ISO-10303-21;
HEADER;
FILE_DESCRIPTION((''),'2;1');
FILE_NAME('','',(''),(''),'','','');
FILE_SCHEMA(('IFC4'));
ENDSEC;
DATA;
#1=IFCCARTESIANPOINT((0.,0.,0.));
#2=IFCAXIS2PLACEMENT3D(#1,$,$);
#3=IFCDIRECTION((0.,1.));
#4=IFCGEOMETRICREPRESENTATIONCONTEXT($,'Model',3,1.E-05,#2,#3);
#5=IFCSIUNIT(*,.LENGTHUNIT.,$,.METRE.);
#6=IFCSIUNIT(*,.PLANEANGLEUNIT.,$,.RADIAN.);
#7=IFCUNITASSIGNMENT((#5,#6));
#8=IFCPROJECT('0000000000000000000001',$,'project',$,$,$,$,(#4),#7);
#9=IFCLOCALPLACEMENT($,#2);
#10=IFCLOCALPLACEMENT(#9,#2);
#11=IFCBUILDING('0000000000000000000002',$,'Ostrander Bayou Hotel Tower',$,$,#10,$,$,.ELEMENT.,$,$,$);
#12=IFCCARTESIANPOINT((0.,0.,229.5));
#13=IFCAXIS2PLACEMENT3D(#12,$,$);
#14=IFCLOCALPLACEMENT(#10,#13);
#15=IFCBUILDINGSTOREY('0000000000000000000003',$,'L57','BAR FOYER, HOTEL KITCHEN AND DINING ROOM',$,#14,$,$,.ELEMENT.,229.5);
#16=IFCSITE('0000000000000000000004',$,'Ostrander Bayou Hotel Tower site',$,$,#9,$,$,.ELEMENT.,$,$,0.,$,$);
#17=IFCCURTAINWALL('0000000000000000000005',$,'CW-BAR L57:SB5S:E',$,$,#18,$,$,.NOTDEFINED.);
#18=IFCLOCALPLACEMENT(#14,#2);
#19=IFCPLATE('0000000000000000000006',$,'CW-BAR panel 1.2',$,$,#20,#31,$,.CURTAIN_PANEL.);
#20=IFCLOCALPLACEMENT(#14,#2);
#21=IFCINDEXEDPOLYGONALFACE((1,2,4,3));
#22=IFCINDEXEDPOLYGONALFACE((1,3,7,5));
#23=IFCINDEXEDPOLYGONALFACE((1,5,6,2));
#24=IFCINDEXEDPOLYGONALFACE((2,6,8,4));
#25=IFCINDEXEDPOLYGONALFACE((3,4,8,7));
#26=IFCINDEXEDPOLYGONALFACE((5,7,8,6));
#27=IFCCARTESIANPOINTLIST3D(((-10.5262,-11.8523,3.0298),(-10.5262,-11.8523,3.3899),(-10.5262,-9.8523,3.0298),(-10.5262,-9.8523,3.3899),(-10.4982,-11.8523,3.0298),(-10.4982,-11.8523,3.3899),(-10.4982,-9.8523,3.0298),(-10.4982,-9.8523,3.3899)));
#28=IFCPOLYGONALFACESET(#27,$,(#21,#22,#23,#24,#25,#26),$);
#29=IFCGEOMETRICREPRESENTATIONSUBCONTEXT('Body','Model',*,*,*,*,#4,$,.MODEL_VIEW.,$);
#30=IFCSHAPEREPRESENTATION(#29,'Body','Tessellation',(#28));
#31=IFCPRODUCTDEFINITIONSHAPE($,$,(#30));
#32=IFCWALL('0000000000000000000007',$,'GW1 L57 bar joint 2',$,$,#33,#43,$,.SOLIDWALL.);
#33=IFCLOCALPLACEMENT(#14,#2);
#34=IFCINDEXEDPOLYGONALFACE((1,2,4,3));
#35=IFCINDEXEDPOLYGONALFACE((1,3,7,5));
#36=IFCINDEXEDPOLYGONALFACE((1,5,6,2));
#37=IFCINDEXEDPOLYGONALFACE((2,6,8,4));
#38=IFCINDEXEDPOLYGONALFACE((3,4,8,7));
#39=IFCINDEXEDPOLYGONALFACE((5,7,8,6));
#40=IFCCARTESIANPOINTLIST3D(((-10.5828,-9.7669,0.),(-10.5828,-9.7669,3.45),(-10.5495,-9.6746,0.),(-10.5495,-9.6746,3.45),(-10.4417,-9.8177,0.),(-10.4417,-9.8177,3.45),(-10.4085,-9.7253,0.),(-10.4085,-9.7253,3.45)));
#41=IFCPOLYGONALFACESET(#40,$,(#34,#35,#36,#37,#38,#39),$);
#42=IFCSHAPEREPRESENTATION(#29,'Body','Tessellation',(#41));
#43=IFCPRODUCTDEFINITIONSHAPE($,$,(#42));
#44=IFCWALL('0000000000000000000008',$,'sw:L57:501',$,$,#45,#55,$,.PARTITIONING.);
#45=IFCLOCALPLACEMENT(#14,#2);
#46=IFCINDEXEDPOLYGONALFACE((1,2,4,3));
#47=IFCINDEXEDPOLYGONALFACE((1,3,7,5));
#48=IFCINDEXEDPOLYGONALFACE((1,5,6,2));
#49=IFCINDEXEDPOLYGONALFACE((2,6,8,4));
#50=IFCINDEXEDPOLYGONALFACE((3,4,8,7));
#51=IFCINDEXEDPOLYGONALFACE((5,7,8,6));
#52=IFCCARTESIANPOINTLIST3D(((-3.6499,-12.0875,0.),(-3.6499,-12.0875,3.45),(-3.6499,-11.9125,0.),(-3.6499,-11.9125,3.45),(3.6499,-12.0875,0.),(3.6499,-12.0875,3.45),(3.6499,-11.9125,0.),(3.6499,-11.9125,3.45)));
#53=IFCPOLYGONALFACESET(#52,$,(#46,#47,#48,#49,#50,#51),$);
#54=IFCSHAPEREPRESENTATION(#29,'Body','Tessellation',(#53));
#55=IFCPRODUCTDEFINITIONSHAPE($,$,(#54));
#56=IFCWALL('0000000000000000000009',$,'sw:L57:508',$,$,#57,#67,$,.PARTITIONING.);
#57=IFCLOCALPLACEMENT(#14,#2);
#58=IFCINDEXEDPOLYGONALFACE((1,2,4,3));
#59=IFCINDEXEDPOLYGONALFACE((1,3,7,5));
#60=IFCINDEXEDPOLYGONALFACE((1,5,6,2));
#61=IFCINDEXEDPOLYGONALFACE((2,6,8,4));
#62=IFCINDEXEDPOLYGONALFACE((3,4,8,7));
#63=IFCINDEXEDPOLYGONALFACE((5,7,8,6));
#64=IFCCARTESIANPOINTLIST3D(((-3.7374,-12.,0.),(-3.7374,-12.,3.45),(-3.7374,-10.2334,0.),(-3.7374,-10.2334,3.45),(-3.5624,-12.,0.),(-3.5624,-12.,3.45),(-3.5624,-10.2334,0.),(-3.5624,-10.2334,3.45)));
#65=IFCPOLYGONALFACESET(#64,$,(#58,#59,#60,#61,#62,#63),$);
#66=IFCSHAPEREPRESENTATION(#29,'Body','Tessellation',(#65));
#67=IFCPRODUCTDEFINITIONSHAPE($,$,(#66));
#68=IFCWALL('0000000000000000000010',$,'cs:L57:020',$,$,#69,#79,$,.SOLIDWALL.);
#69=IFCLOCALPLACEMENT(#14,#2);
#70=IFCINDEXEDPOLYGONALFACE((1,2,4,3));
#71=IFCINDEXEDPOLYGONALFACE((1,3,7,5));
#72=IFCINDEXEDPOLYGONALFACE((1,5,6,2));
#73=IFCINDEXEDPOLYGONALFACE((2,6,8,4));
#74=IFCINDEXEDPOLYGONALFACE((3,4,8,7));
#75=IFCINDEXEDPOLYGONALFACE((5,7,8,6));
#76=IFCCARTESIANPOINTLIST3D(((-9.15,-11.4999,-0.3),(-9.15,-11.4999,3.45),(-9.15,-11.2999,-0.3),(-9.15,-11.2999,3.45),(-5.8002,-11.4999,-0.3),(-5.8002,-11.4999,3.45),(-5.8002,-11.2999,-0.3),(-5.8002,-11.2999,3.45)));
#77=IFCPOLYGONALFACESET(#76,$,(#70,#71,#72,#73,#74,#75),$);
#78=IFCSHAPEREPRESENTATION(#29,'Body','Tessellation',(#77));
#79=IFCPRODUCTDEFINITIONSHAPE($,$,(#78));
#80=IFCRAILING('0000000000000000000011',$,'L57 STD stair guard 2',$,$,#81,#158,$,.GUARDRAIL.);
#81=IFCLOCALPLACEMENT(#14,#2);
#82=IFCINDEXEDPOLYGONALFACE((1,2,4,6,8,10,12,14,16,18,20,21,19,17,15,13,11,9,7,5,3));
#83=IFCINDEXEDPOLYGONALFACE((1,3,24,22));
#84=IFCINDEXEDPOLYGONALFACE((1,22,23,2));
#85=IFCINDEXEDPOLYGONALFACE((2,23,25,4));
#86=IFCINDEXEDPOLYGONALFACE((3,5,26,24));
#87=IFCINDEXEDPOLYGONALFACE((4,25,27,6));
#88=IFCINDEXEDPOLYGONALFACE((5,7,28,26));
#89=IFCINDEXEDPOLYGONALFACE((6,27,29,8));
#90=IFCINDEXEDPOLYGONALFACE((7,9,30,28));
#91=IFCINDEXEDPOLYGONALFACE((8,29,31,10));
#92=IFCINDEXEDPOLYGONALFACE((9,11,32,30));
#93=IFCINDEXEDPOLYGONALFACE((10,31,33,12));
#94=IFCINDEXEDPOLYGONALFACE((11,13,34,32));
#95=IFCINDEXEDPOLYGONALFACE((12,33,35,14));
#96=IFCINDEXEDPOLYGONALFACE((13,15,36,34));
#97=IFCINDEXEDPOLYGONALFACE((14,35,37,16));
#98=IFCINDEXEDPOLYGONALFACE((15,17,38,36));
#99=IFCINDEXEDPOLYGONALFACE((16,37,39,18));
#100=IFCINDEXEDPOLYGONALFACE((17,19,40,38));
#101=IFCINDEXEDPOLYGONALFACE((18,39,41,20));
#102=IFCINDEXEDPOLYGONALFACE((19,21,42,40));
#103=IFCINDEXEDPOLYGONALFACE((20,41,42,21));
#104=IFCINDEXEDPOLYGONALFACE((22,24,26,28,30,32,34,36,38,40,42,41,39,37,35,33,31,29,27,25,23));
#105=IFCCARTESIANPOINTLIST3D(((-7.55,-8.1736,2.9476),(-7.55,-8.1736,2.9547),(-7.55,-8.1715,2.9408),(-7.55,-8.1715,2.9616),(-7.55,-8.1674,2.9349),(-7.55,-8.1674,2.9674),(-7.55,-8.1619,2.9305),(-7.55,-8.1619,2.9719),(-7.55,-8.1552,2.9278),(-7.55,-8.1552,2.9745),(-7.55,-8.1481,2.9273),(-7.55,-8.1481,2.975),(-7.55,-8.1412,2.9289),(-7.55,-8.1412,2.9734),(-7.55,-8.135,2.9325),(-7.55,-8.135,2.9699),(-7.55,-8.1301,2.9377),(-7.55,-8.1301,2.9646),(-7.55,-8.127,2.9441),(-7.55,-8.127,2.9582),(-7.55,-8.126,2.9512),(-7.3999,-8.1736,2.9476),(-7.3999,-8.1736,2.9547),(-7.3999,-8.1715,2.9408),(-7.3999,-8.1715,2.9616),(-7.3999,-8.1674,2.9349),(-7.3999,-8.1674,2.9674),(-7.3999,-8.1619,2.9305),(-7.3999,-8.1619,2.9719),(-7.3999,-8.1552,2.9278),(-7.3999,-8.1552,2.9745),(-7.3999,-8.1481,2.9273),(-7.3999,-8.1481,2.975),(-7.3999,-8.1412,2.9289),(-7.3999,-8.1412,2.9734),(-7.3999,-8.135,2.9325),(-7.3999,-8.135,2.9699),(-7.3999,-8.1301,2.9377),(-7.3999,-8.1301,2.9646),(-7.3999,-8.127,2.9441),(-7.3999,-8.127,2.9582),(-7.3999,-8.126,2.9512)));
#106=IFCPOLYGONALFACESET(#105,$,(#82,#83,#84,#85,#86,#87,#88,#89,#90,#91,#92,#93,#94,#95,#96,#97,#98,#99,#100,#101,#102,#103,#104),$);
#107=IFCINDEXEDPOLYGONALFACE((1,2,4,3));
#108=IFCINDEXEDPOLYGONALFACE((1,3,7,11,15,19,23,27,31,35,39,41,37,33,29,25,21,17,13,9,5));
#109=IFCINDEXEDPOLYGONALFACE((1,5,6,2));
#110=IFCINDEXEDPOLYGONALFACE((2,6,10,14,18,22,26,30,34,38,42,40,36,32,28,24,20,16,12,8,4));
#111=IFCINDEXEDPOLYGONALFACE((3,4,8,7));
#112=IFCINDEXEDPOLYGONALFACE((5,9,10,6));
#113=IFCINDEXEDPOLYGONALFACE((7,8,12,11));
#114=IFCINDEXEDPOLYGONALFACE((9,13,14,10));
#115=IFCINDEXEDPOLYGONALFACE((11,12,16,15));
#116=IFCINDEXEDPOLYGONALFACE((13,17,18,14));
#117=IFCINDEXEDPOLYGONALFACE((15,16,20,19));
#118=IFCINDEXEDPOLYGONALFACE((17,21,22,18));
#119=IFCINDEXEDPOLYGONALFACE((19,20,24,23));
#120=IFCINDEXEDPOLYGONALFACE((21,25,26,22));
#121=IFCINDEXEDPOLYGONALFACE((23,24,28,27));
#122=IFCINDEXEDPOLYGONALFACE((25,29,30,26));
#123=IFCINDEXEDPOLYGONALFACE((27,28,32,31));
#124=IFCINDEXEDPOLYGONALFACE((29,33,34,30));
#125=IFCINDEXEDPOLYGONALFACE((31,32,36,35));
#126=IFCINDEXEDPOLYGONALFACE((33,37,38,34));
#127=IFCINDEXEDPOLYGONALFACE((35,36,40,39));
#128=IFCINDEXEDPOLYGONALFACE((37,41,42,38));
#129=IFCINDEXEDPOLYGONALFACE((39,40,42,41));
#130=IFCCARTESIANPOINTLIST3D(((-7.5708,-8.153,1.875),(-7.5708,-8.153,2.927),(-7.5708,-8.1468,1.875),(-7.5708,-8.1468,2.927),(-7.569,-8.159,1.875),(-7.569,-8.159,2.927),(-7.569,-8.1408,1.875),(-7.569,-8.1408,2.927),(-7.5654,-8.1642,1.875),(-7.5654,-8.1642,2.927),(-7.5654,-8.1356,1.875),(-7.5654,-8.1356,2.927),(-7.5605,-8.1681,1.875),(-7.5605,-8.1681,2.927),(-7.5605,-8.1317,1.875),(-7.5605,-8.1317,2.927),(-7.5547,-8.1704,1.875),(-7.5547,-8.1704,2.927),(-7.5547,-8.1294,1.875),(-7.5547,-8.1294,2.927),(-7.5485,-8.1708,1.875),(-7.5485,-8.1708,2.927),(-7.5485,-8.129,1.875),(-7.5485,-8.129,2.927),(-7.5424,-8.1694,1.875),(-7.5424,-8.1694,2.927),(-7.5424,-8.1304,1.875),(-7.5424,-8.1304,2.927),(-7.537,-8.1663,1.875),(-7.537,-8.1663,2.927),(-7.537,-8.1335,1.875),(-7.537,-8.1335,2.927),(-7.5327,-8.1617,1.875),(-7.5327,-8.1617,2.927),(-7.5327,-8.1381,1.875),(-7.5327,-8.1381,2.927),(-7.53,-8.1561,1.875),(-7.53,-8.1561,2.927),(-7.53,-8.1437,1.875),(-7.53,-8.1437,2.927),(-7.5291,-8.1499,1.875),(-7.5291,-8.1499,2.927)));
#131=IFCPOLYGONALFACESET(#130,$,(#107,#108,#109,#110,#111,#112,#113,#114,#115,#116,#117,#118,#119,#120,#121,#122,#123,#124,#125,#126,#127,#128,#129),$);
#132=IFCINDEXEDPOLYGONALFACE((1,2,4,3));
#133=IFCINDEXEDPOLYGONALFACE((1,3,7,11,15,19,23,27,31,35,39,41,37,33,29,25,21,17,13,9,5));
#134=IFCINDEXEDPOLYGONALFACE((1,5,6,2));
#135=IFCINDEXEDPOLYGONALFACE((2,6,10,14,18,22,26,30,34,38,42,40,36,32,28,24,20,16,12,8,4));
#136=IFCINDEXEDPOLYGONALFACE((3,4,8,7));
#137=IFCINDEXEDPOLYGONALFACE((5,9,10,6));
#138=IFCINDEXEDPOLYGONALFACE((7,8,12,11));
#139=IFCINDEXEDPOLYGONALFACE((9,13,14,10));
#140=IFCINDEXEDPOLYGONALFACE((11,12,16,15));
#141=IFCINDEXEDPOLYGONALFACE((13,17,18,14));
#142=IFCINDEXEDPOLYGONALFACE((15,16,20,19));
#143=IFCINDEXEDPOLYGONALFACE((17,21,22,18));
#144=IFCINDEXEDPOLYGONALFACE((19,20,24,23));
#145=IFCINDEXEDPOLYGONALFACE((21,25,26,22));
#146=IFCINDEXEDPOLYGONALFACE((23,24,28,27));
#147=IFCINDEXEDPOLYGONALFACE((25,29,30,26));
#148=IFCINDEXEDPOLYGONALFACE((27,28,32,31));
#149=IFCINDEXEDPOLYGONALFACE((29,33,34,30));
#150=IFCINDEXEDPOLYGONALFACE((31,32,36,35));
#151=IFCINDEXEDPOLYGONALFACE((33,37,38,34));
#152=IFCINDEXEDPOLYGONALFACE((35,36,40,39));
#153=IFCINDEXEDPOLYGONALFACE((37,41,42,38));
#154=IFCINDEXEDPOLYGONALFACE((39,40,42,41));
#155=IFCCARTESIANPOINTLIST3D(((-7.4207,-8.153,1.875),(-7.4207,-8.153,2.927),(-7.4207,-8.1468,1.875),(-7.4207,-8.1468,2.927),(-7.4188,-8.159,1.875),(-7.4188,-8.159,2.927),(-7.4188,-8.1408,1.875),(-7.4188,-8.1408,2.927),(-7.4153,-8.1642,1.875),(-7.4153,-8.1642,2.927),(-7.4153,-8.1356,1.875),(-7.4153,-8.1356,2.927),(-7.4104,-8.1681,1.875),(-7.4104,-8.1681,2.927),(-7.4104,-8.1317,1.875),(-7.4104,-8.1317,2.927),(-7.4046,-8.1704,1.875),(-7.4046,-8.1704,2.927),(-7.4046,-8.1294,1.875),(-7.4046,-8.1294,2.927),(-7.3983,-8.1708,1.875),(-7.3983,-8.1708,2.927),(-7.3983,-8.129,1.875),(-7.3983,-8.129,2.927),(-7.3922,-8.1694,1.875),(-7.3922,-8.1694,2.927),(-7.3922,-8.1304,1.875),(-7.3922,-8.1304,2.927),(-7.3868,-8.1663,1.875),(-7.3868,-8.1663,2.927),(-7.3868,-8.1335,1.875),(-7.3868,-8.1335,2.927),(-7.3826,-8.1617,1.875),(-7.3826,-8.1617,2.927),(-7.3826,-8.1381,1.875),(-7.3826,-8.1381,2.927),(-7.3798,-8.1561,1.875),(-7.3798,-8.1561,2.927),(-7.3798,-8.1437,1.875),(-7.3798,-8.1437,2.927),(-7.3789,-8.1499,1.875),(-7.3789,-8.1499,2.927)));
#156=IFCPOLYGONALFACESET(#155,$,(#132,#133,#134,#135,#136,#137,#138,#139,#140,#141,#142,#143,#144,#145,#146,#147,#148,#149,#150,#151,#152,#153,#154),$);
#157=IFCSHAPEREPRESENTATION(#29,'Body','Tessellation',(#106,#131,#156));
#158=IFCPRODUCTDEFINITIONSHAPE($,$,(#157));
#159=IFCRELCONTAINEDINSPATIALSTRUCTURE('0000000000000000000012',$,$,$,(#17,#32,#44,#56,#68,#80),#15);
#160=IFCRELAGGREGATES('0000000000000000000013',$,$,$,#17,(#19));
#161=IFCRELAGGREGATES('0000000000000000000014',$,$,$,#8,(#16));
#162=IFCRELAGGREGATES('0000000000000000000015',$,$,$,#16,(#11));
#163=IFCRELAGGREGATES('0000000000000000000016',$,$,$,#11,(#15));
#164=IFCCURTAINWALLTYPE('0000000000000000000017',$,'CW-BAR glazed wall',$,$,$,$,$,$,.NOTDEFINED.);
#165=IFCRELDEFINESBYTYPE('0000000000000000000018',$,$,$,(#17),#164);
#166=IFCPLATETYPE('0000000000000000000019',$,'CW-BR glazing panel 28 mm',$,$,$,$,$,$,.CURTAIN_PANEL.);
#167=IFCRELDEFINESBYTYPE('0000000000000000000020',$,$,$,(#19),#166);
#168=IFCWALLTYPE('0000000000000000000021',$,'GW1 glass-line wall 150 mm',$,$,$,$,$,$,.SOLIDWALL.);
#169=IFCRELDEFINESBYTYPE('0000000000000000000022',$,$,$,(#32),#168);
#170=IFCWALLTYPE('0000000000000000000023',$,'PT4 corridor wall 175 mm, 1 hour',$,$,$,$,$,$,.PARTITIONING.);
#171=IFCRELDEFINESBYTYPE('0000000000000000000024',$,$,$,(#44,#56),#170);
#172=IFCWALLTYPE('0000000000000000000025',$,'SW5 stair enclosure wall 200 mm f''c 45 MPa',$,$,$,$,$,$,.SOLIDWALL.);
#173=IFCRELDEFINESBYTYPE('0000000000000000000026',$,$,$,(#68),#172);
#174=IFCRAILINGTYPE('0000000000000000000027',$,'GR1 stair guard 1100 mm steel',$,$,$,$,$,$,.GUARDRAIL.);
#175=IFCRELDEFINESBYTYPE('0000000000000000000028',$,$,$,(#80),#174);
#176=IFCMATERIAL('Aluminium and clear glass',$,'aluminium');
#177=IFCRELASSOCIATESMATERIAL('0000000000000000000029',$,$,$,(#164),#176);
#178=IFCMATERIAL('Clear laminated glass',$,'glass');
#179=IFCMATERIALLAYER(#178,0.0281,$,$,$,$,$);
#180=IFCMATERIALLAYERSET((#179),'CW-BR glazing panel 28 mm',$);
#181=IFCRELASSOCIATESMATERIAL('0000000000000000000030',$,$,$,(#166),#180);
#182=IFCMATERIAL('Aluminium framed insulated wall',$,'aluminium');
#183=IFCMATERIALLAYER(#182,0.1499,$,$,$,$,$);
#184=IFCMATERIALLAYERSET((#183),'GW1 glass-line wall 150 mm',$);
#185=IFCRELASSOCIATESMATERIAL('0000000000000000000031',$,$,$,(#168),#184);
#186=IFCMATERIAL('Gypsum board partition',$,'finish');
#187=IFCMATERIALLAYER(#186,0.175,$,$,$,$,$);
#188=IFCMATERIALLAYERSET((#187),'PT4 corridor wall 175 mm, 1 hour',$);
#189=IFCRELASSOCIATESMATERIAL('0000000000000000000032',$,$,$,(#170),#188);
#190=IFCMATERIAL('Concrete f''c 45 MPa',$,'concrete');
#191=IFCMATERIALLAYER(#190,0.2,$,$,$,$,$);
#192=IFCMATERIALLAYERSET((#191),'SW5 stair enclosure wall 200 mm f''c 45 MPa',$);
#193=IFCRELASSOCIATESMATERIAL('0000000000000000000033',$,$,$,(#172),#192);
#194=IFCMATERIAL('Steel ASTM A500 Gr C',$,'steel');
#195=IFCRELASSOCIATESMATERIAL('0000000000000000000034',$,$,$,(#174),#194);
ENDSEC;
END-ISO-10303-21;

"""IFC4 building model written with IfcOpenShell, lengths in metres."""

from ifc_helpers import new_model, si_unit, direction, frame, frame_2d, origin, origin_2d, place, context, subcontext, project, spatial, rectangle, circle, extrude, material, layer, layer_set, type_object, element, aggregate, save


model = new_model("IFC4")

# Units and contexts
model_context = context("Model", 3, precision=1e-05, world=origin(), true_north=direction((0.0, 1.0)))
body_context = subcontext(model_context, "Body", "Model", "MODEL_VIEW")
ifc_project = project(units=[si_unit("LENGTHUNIT", "METRE"), si_unit("PLANEANGLEUNIT", "RADIAN")], contexts=[model_context])

# Site, building, storey
site_placement = place(None, origin())
site = spatial("IfcSite", under=ifc_project, at=site_placement, Name="Ostrander Bayou Hotel Tower site", CompositionType="ELEMENT", RefElevation=0.0)
building_placement = place(site_placement, origin())
building = spatial("IfcBuilding", under=site, at=building_placement, Name="Ostrander Bayou Hotel Tower", CompositionType="ELEMENT")
storey_placement = place(building_placement, frame((0.0, 0.0, 229.5)))
storey = spatial("IfcBuildingStorey", under=building, at=storey_placement, Name="L57", Description="BAR FOYER, HOTEL KITCHEN AND DINING ROOM", CompositionType="ELEMENT", Elevation=229.5)

# Curtain wall, plate
ifc_material_1 = material(Name="Aluminium and clear glass", Category="aluminium")
curtain_wall_type = type_object("IfcCurtainWallType", Name="CW-BAR glazed wall", PredefinedType="NOTDEFINED", material=ifc_material_1)
curtain_wall_placement = place(storey_placement, origin())
curtain_wall = element("IfcCurtainWall", 1, at=curtain_wall_placement, inside=storey, type_object=curtain_wall_type, Name="CW-BAR L57:SB5S:E", PredefinedType="NOTDEFINED")
ifc_material_2 = material(Name="Clear laminated glass", Category="glass")
ifc_layer_1 = layer(ifc_material_2, 0.0281)
ifc_layer_set_1 = layer_set([ifc_layer_1], Name="CW-BR glazing panel 28 mm")
plate_type = type_object("IfcPlateType", Name="CW-BR glazing panel 28 mm", PredefinedType="CURTAIN_PANEL", material=ifc_layer_set_1)
plate_1_placement = place(storey_placement, frame((-10.5122, -10.8523, 3.0298), z_axis=(0.0, 0.0, 1.0), x_axis=(0.0, -1.0, 0.0)))
plate_1 = element("IfcPlate", 2, at=plate_1_placement, type_object=plate_type, Name="CW-BAR panel 1.2", PredefinedType="CURTAIN_PANEL", context=body_context, shape_type="SweptSolid", body=[
    extrude(rectangle(XDim=2.0, YDim=0.0281, at=origin_2d()), origin(), (0.0, 0.0, 1.0), 0.3601),
])
aggregate(curtain_wall, [plate_1])

# Wall
ifc_material_3 = material(Name="Aluminium framed insulated wall", Category="aluminium")
ifc_layer_2 = layer(ifc_material_3, 0.1499)
ifc_layer_set_2 = layer_set([ifc_layer_2], Name="GW1 glass-line wall 150 mm")
wall_type_1 = type_object("IfcWallType", Name="GW1 glass-line wall 150 mm", PredefinedType="SOLIDWALL", material=ifc_layer_set_2)
wall_1_placement = place(storey_placement, frame((-10.479, -9.7, 0.0), z_axis=(0.0, 0.0, 1.0), x_axis=(-0.338543, -0.940951, 0.0)))
element("IfcWall", 3, at=wall_1_placement, inside=storey, type_object=wall_type_1, Name="GW1 L57 bar joint 2", PredefinedType="SOLIDWALL", context=body_context, shape_type="SweptSolid", body=[
    extrude(rectangle(XDim=0.0981, YDim=0.1499, at=frame_2d((0.0491, 0.0))), origin(), (0.0, 0.0, 1.0), 3.45),
])

# Shared definitions
ifc_material_4 = material(Name="Gypsum board partition", Category="finish")
ifc_layer_3 = layer(ifc_material_4, 0.175)
ifc_layer_set_3 = layer_set([ifc_layer_3], Name="PT4 corridor wall 175 mm, 1 hour")
wall_type_2 = type_object("IfcWallType", Name="PT4 corridor wall 175 mm, 1 hour", PredefinedType="PARTITIONING", material=ifc_layer_set_3)

# Wall
wall_2_placement = place(storey_placement, frame((-3.6499, -12.0, 0.0), z_axis=(0.0, 0.0, 1.0), x_axis=(1.0, 0.0, 0.0)))
element("IfcWall", 4, at=wall_2_placement, inside=storey, type_object=wall_type_2, Name="sw:L57:501", PredefinedType="PARTITIONING", context=body_context, shape_type="SweptSolid", body=[
    extrude(rectangle(XDim=7.2998, YDim=0.175, at=frame_2d((3.6499, 0.0))), origin(), (0.0, 0.0, 1.0), 3.45),
])

# Walls
wall_3_placement = place(storey_placement, frame((-3.6499, -12.0, 0.0), z_axis=(0.0, 0.0, 1.0), x_axis=(0.0, 1.0, 0.0)))
element("IfcWall", 5, at=wall_3_placement, inside=storey, type_object=wall_type_2, Name="sw:L57:508", PredefinedType="PARTITIONING", context=body_context, shape_type="SweptSolid", body=[
    extrude(rectangle(XDim=1.7666, YDim=0.175, at=frame_2d((0.8833, 0.0))), origin(), (0.0, 0.0, 1.0), 3.45),
])
ifc_material_5 = material(Name="Concrete f'c 45 MPa", Category="concrete")
ifc_layer_4 = layer(ifc_material_5, 0.2)
ifc_layer_set_4 = layer_set([ifc_layer_4], Name="SW5 stair enclosure wall 200 mm f'c 45 MPa")
wall_type_3 = type_object("IfcWallType", Name="SW5 stair enclosure wall 200 mm f'c 45 MPa", PredefinedType="SOLIDWALL", material=ifc_layer_set_4)
wall_4_placement = place(storey_placement, frame((-9.1499, -11.3999, -0.3), z_axis=(0.0, 0.0, 1.0), x_axis=(1.0, 0.0, 0.0)))
element("IfcWall", 6, at=wall_4_placement, inside=storey, type_object=wall_type_3, Name="cs:L57:020", PredefinedType="SOLIDWALL", context=body_context, shape_type="SweptSolid", body=[
    extrude(rectangle(XDim=3.3499, YDim=0.2, at=frame_2d((1.6748, 0.0))), origin(), (0.0, 0.0, 1.0), 3.75),
])

# Railing
ifc_material_6 = material(Name="Steel ASTM A500 Gr C", Category="steel")
railing_type = type_object("IfcRailingType", Name="GR1 stair guard 1100 mm steel", PredefinedType="GUARDRAIL", material=ifc_material_6)
railing_placement = place(storey_placement, frame((-7.55, -8.1499, 1.875)))
element("IfcRailing", 7, at=railing_placement, inside=storey, type_object=railing_type, Name="L57 STD stair guard 2", PredefinedType="GUARDRAIL", context=body_context, shape_type="SweptSolid", body=[
    extrude(circle(Radius=0.0239, at=origin_2d()), frame((0.0, 0.0, 1.0762), z_axis=(1.0, 0.0, 0.0), x_axis=(0.0, 1.0, 0.0)), (0.0, 0.0, 1.0), 0.1501),
    extrude(circle(Radius=0.021, at=origin_2d()), origin(), (0.0, 0.0, 1.0), 1.052),
    extrude(circle(Radius=0.021, at=origin_2d()), frame((0.1501, 0.0, 0.0)), (0.0, 0.0, 1.0), 1.052),
])

save(model, "model.ifc")
